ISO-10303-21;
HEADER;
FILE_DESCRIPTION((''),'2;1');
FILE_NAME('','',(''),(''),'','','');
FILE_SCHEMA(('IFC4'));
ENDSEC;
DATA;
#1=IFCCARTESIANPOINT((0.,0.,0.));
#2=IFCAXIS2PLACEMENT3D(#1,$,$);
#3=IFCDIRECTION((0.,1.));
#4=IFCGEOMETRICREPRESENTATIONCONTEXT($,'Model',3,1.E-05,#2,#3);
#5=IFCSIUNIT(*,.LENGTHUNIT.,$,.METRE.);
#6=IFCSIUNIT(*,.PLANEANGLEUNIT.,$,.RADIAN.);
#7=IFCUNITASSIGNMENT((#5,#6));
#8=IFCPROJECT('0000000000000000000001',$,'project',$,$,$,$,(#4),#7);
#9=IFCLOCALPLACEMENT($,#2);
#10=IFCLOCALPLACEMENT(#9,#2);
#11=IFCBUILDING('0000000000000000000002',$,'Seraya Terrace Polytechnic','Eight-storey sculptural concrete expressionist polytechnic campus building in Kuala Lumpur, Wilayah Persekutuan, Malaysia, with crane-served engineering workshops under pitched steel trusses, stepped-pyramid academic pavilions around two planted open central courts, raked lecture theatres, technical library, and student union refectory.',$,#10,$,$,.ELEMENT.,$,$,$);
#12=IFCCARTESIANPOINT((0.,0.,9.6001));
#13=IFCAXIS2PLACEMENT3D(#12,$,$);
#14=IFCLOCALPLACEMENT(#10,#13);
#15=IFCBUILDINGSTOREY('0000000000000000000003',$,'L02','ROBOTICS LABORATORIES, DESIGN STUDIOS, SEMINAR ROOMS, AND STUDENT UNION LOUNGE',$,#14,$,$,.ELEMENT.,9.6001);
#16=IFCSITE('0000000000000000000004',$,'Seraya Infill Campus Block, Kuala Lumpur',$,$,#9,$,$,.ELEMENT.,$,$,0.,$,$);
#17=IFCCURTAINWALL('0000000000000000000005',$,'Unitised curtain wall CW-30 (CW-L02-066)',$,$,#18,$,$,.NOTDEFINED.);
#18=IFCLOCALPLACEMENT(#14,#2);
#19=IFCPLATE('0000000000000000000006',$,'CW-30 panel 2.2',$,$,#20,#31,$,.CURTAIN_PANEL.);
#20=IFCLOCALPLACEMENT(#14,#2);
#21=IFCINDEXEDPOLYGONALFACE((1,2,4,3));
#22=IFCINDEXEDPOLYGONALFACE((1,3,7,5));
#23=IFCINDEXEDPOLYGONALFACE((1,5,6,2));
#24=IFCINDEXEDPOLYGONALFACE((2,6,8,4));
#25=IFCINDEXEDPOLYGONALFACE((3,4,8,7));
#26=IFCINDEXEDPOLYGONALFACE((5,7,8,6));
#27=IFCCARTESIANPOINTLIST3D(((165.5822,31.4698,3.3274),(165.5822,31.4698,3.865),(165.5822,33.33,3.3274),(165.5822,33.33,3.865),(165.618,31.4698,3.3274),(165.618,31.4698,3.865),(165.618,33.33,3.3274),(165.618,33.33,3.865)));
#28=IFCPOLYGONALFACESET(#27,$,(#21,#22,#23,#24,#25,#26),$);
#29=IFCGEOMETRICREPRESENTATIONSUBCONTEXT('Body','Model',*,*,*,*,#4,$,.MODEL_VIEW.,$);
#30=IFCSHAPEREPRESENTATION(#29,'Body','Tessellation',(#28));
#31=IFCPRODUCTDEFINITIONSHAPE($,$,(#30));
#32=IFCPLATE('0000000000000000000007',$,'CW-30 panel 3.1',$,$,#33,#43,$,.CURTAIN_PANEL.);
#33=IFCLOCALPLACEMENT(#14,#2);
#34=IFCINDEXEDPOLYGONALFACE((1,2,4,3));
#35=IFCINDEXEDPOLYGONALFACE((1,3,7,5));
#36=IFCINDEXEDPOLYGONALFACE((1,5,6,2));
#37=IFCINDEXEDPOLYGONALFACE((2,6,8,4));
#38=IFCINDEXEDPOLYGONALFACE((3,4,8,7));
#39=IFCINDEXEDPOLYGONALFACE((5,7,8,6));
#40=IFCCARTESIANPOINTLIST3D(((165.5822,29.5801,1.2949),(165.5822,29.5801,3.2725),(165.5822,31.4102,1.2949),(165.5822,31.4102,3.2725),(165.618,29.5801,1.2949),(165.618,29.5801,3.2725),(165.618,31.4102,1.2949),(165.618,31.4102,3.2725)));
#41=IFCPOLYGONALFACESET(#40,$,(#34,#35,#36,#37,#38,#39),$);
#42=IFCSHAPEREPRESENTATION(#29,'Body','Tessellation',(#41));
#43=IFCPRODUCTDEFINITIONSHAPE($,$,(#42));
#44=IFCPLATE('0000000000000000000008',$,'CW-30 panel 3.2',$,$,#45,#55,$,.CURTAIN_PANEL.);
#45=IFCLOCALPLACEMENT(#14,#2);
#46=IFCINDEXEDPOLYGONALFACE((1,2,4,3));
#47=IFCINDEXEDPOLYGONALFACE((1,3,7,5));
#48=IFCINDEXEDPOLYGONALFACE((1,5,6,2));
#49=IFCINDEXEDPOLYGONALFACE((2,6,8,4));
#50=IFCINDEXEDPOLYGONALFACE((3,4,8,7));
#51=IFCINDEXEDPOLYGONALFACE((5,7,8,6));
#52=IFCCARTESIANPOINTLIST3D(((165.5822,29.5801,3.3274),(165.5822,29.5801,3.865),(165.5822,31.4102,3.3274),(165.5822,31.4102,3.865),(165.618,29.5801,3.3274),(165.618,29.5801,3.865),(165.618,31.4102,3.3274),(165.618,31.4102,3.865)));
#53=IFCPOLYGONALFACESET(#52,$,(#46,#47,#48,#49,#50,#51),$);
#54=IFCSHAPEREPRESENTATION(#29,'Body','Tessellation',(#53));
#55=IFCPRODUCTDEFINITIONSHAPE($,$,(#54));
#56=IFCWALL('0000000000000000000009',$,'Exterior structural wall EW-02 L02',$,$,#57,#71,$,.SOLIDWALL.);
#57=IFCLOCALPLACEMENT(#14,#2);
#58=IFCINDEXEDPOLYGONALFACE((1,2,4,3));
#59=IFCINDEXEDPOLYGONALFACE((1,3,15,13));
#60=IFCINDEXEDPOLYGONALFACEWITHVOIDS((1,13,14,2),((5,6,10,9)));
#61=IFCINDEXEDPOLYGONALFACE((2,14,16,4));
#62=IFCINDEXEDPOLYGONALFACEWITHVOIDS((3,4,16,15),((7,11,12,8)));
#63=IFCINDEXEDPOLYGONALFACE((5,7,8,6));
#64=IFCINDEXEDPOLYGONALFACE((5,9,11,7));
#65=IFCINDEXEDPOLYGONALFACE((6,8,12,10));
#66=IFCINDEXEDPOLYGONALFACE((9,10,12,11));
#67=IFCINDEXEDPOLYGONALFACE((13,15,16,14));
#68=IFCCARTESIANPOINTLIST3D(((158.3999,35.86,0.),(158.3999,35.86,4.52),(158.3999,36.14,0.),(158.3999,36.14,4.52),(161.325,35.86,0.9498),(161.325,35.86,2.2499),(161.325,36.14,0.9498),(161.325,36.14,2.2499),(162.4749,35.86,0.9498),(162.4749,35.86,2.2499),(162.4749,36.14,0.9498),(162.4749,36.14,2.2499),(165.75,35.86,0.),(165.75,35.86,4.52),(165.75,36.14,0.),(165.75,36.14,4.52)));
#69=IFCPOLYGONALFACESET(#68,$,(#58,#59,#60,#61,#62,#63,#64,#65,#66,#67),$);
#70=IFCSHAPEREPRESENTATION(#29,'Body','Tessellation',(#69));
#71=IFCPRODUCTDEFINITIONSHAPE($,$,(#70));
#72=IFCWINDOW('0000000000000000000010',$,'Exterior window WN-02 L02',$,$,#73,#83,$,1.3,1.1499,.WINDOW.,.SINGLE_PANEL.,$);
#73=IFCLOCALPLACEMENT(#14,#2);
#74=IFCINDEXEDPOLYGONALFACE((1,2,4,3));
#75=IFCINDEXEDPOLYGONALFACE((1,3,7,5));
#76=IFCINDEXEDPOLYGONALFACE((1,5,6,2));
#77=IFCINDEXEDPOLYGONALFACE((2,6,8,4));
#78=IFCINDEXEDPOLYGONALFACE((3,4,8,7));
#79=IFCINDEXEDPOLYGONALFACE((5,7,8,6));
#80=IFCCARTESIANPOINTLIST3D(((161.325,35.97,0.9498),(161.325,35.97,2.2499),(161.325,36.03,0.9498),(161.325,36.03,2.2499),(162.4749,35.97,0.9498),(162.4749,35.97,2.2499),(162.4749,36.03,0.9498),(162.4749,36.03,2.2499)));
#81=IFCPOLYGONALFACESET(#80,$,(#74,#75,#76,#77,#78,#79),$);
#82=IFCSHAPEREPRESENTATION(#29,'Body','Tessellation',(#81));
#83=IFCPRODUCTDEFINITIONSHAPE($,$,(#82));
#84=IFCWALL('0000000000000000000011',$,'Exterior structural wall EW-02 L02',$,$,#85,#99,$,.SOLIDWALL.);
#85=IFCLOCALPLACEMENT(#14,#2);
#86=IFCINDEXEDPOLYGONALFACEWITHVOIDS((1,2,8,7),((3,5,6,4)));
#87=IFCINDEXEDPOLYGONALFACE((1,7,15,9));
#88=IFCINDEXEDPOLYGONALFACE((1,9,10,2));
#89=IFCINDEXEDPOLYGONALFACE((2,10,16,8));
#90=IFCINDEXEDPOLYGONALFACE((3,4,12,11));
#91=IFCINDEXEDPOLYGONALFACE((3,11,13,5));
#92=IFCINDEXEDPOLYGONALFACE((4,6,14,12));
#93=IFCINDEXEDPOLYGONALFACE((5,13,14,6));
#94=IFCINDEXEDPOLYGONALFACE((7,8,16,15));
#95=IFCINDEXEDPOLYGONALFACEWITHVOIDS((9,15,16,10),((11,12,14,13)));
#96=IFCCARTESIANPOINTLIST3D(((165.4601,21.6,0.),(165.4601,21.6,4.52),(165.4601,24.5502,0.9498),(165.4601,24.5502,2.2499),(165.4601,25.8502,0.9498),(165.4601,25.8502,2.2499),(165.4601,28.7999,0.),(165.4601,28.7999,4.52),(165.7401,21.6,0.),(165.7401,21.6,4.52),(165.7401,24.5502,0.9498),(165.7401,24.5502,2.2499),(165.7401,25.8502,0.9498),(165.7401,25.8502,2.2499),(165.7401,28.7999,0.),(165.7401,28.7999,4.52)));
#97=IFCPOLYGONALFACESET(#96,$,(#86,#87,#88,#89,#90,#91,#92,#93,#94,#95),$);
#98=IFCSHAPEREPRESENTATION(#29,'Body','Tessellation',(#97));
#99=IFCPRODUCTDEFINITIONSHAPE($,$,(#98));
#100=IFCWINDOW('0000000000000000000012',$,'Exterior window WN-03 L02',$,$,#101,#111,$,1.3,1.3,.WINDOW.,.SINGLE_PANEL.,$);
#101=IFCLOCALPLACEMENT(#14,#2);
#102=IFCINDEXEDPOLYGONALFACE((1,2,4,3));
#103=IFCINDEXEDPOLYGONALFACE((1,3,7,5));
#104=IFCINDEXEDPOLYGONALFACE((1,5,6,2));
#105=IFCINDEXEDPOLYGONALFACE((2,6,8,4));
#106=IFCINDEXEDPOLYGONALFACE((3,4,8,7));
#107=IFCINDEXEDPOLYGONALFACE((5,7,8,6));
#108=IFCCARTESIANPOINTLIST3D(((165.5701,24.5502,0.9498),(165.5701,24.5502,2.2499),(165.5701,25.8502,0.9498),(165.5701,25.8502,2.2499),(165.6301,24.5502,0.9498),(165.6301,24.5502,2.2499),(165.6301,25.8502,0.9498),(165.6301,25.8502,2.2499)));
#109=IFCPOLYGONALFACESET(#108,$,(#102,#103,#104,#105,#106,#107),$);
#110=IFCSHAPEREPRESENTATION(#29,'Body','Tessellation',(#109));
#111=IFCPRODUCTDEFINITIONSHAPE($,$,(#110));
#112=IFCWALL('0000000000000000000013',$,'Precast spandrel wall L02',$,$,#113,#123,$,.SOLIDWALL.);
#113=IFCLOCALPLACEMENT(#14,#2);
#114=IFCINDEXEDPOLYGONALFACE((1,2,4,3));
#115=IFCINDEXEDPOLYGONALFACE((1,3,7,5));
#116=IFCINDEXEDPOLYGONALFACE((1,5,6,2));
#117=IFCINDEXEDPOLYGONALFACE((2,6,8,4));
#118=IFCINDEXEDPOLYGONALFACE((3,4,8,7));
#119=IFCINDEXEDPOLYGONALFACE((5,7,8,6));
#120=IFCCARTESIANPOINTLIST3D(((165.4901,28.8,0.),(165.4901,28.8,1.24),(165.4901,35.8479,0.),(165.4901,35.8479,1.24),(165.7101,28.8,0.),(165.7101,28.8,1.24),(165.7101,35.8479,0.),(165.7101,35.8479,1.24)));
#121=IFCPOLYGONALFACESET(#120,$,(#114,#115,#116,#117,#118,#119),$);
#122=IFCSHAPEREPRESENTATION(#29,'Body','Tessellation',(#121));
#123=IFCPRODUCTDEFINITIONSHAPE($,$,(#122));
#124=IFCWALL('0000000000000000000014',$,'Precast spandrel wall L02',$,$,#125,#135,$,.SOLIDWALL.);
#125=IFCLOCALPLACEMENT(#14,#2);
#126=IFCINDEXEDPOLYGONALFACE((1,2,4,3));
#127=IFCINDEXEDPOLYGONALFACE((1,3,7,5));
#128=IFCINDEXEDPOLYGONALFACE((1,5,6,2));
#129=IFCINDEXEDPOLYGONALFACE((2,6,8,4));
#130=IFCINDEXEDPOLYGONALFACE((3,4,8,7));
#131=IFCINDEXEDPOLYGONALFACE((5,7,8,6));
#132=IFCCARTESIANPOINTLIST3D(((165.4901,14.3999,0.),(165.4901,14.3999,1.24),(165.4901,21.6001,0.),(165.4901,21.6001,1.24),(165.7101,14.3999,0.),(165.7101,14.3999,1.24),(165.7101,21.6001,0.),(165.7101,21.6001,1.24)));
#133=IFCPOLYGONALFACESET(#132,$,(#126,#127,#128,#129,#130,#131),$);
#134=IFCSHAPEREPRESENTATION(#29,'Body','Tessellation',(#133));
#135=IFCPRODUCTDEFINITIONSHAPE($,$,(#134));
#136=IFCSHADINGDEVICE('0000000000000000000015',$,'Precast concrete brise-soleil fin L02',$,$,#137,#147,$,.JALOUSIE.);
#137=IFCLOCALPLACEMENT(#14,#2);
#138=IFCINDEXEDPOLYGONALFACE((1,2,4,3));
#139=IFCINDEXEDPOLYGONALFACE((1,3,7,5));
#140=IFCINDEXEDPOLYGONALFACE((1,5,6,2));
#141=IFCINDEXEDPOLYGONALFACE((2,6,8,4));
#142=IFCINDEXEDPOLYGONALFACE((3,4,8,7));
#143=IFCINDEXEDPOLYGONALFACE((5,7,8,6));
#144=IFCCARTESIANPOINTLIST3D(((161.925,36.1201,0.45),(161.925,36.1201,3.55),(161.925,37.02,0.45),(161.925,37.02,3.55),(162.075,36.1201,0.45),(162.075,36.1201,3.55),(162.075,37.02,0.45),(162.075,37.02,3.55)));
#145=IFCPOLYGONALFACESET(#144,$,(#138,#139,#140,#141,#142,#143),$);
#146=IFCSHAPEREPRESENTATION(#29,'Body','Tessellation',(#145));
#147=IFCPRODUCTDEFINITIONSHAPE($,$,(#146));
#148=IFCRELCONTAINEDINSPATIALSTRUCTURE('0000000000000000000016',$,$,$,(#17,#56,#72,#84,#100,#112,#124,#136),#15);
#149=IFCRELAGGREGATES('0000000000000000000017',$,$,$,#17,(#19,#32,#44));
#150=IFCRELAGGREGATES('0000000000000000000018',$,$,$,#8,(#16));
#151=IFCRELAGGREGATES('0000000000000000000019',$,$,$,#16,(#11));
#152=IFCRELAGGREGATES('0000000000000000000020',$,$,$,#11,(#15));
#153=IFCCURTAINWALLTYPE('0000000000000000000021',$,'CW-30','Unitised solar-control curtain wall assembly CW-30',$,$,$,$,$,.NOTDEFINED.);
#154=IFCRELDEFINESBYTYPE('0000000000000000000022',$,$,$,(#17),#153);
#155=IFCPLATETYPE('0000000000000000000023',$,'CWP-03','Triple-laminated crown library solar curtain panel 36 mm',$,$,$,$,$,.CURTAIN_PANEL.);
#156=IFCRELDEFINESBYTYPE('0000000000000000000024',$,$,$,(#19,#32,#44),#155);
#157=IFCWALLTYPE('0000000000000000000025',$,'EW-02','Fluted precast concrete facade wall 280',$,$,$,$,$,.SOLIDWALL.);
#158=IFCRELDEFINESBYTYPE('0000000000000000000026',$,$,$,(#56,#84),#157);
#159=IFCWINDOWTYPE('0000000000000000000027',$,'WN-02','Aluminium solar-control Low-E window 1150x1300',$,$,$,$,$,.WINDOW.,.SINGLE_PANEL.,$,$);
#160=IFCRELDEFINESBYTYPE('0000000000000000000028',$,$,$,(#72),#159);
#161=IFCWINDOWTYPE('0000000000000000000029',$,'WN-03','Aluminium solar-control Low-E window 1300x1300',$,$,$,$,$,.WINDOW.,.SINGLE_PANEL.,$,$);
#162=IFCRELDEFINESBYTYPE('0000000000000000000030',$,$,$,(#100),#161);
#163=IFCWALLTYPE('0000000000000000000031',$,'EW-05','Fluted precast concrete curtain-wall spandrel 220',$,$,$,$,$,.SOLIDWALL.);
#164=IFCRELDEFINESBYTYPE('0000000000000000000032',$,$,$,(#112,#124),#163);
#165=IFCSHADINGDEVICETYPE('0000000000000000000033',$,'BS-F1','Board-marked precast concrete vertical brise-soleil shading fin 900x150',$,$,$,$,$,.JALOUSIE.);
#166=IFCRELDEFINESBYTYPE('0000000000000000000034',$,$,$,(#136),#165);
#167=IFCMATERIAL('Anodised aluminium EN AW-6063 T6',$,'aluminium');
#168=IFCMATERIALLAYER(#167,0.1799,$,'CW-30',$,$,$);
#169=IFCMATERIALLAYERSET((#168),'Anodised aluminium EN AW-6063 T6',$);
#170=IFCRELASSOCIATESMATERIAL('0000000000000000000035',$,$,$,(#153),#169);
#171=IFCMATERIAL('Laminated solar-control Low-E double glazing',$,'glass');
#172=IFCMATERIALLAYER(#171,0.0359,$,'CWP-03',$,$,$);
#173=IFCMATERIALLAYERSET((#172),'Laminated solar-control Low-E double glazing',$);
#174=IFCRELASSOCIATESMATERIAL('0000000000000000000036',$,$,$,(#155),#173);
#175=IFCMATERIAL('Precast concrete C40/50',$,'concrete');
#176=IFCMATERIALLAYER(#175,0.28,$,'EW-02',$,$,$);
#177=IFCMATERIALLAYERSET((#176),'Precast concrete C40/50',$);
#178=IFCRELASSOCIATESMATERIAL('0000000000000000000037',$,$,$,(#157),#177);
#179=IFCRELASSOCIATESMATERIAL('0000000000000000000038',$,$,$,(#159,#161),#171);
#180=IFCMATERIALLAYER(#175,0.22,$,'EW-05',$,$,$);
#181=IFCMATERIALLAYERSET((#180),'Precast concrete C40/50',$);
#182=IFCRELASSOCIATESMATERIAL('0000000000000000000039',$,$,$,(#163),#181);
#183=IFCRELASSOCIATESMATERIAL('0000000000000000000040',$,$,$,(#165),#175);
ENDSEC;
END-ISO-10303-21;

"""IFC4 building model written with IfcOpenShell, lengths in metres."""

from ifc_helpers import new_model, si_unit, direction, frame, frame_2d, origin, origin_2d, place, context, subcontext, project, spatial, rectangle, extrude, material, layer, layer_set, type_object, element, fill, aggregate, save


model = new_model("IFC4")

# Units and contexts
model_context = context("Model", 3, precision=1e-05, world=origin(), true_north=direction((0.0, 1.0)))
body_context = subcontext(model_context, "Body", "Model", "MODEL_VIEW")
ifc_project = project(units=[si_unit("LENGTHUNIT", "METRE"), si_unit("PLANEANGLEUNIT", "RADIAN")], contexts=[model_context])

# Site, building, storey
site_placement = place(None, origin())
site = spatial("IfcSite", under=ifc_project, at=site_placement, Name="Seraya Infill Campus Block, Kuala Lumpur", CompositionType="ELEMENT", RefElevation=0.0)
building_placement = place(site_placement, origin())
building = spatial("IfcBuilding", under=site, at=building_placement, Name="Seraya Terrace Polytechnic", Description="Eight-storey sculptural concrete expressionist polytechnic campus building in Kuala Lumpur, Wilayah Persekutuan, Malaysia, with crane-served engineering workshops under pitched steel trusses, stepped-pyramid academic pavilions around two planted open central courts, raked lecture theatres, technical library, and student union refectory.", CompositionType="ELEMENT")
storey_placement = place(building_placement, frame((0.0, 0.0, 9.6001)))
storey = spatial("IfcBuildingStorey", under=building, at=storey_placement, Name="L02", Description="ROBOTICS LABORATORIES, DESIGN STUDIOS, SEMINAR ROOMS, AND STUDENT UNION LOUNGE", CompositionType="ELEMENT", Elevation=9.6001)

# Curtain wall
ifc_material_1 = material(Name="Anodised aluminium EN AW-6063 T6", Category="aluminium")
ifc_layer_1 = layer(ifc_material_1, 0.1799, Name="CW-30")
ifc_layer_set_1 = layer_set([ifc_layer_1], Name="Anodised aluminium EN AW-6063 T6")
curtain_wall_type = type_object("IfcCurtainWallType", Name="CW-30", Description="Unitised solar-control curtain wall assembly CW-30", PredefinedType="NOTDEFINED", material=ifc_layer_set_1)
curtain_wall_placement = place(storey_placement, origin())
curtain_wall = element("IfcCurtainWall", 1, at=curtain_wall_placement, inside=storey, type_object=curtain_wall_type, Name="Unitised curtain wall CW-30 (CW-L02-066)", PredefinedType="NOTDEFINED")

# Plates
ifc_material_2 = material(Name="Laminated solar-control Low-E double glazing", Category="glass")
ifc_layer_2 = layer(ifc_material_2, 0.0359, Name="CWP-03")
ifc_layer_set_2 = layer_set([ifc_layer_2], Name="Laminated solar-control Low-E double glazing")
plate_type = type_object("IfcPlateType", Name="CWP-03", Description="Triple-laminated crown library solar curtain panel 36 mm", PredefinedType="CURTAIN_PANEL", material=ifc_layer_set_2)
plate_1_placement = place(storey_placement, frame((165.6001, 32.3999, 3.3274), z_axis=(0.0, 0.0, 1.0), x_axis=(0.0, -1.0, 0.0)))
plate_1 = element("IfcPlate", 2, at=plate_1_placement, type_object=plate_type, Name="CW-30 panel 2.2", PredefinedType="CURTAIN_PANEL", context=body_context, shape_type="SweptSolid", body=[
    extrude(rectangle(XDim=1.8601, YDim=0.0359, at=origin_2d()), origin(), (0.0, 0.0, 1.0), 0.5376),
])
plate_2_placement = place(storey_placement, frame((165.6001, 30.4951, 1.2949), z_axis=(0.0, 0.0, 1.0), x_axis=(0.0, -1.0, 0.0)))
plate_2 = element("IfcPlate", 3, at=plate_2_placement, type_object=plate_type, Name="CW-30 panel 3.1", PredefinedType="CURTAIN_PANEL", context=body_context, shape_type="SweptSolid", body=[
    extrude(rectangle(XDim=1.8301, YDim=0.0359, at=origin_2d()), origin(), (0.0, 0.0, 1.0), 1.9775),
])
plate_3_placement = place(storey_placement, frame((165.6001, 30.4951, 3.3274), z_axis=(0.0, 0.0, 1.0), x_axis=(0.0, -1.0, 0.0)))
plate_3 = element("IfcPlate", 4, at=plate_3_placement, type_object=plate_type, Name="CW-30 panel 3.2", PredefinedType="CURTAIN_PANEL", context=body_context, shape_type="SweptSolid", body=[
    extrude(rectangle(XDim=1.8301, YDim=0.0359, at=origin_2d()), origin(), (0.0, 0.0, 1.0), 0.5376),
])
aggregate(curtain_wall, [plate_1, plate_2, plate_3])

# Walls, openings, windows
ifc_material_3 = material(Name="Precast concrete C40/50", Category="concrete")
ifc_layer_3 = layer(ifc_material_3, 0.28, Name="EW-02")
ifc_layer_set_3 = layer_set([ifc_layer_3], Name="Precast concrete C40/50")
wall_type_1 = type_object("IfcWallType", Name="EW-02", Description="Fluted precast concrete facade wall 280", PredefinedType="SOLIDWALL", material=ifc_layer_set_3)
wall_1_placement = place(storey_placement, frame((158.3999, 36.0, 0.0), z_axis=(0.0, 0.0, 1.0), x_axis=(1.0, 0.0, 0.0)))
wall_1 = element("IfcWall", 5, at=wall_1_placement, inside=storey, type_object=wall_type_1, Name="Exterior structural wall EW-02 L02", PredefinedType="SOLIDWALL", context=body_context, shape_type="SweptSolid", body=[
    extrude(rectangle(XDim=7.3501, YDim=0.28, at=frame_2d((3.675, 0.0))), origin(), (0.0, 0.0, 1.0), 4.52),
])
opening_1_placement = place(wall_1_placement, frame((2.925, 0.0, 0.95)))
opening_1 = element("IfcOpeningElement", 6, at=opening_1_placement, cuts=wall_1, PredefinedType="OPENING", context=body_context, shape_type="SweptSolid", body=[
    extrude(rectangle(XDim=1.1499, YDim=1.3, at=frame_2d((0.575, 0.6499))), frame((0.0, 0.1519, 0.0), z_axis=(0.0, -1.0, 0.0), x_axis=(1.0, 0.0, 0.0)), (0.0, 0.0, 1.0), 0.304),
])
window_type_1 = type_object("IfcWindowType", Name="WN-02", Description="Aluminium solar-control Low-E window 1150x1300", PartitioningType="SINGLE_PANEL", PredefinedType="WINDOW", material=ifc_material_2)
window_1_placement = place(opening_1_placement, origin())
window_1 = element("IfcWindow", 7, at=window_1_placement, inside=storey, type_object=window_type_1, Name="Exterior window WN-02 L02", OverallHeight=1.3, OverallWidth=1.1499, PartitioningType="SINGLE_PANEL", PredefinedType="WINDOW", context=body_context, shape_type="SweptSolid", body=[
    extrude(rectangle(XDim=1.1499, YDim=1.3, at=frame_2d((0.575, 0.6499))), frame((0.0, 0.03, 0.0), z_axis=(0.0, -1.0, 0.0), x_axis=(1.0, 0.0, 0.0)), (0.0, 0.0, 1.0), 0.0601),
])
fill(opening_1, window_1)
wall_2_placement = place(storey_placement, frame((165.6001, 28.8, 0.0), z_axis=(0.0, 0.0, 1.0), x_axis=(0.0, -1.0, 0.0)))
wall_2 = element("IfcWall", 8, at=wall_2_placement, inside=storey, type_object=wall_type_1, Name="Exterior structural wall EW-02 L02", PredefinedType="SOLIDWALL", context=body_context, shape_type="SweptSolid", body=[
    extrude(rectangle(XDim=7.2, YDim=0.28, at=frame_2d((3.6001, 0.0))), origin(), (0.0, 0.0, 1.0), 4.52),
])
opening_2_placement = place(wall_2_placement, frame((2.95, 0.0, 0.95)))
opening_2 = element("IfcOpeningElement", 9, at=opening_2_placement, cuts=wall_2, PredefinedType="OPENING", context=body_context, shape_type="SweptSolid", body=[
    extrude(rectangle(XDim=1.3, YDim=1.3, at=frame_2d((0.6499, 0.6499))), frame((0.0, 0.1519, 0.0), z_axis=(0.0, -1.0, 0.0), x_axis=(1.0, 0.0, 0.0)), (0.0, 0.0, 1.0), 0.304),
])
window_type_2 = type_object("IfcWindowType", Name="WN-03", Description="Aluminium solar-control Low-E window 1300x1300", PartitioningType="SINGLE_PANEL", PredefinedType="WINDOW", material=ifc_material_2)
window_2_placement = place(opening_2_placement, origin())
window_2 = element("IfcWindow", 10, at=window_2_placement, inside=storey, type_object=window_type_2, Name="Exterior window WN-03 L02", OverallHeight=1.3, OverallWidth=1.3, PartitioningType="SINGLE_PANEL", PredefinedType="WINDOW", context=body_context, shape_type="SweptSolid", body=[
    extrude(rectangle(XDim=1.3, YDim=1.3, at=frame_2d((0.6499, 0.6499))), frame((0.0, 0.03, 0.0), z_axis=(0.0, -1.0, 0.0), x_axis=(1.0, 0.0, 0.0)), (0.0, 0.0, 1.0), 0.0601),
])
fill(opening_2, window_2)

# Walls
ifc_layer_4 = layer(ifc_material_3, 0.22, Name="EW-05")
ifc_layer_set_4 = layer_set([ifc_layer_4], Name="Precast concrete C40/50")
wall_type_2 = type_object("IfcWallType", Name="EW-05", Description="Fluted precast concrete curtain-wall spandrel 220", PredefinedType="SOLIDWALL", material=ifc_layer_set_4)
wall_3_placement = place(storey_placement, frame((165.6001, 35.8479, 0.0), z_axis=(0.0, 0.0, 1.0), x_axis=(0.0, -1.0, 0.0)))
element("IfcWall", 11, at=wall_3_placement, inside=storey, type_object=wall_type_2, Name="Precast spandrel wall L02", PredefinedType="SOLIDWALL", context=body_context, shape_type="SweptSolid", body=[
    extrude(rectangle(XDim=7.0479, YDim=0.22, at=frame_2d((3.5239, 0.0))), origin(), (0.0, 0.0, 1.0), 1.24),
])
wall_4_placement = place(storey_placement, frame((165.6001, 21.6001, 0.0), z_axis=(0.0, 0.0, 1.0), x_axis=(0.0, -1.0, 0.0)))
element("IfcWall", 12, at=wall_4_placement, inside=storey, type_object=wall_type_2, Name="Precast spandrel wall L02", PredefinedType="SOLIDWALL", context=body_context, shape_type="SweptSolid", body=[
    extrude(rectangle(XDim=7.2002, YDim=0.22, at=frame_2d((3.6001, 0.0))), origin(), (0.0, 0.0, 1.0), 1.24),
])

# Shading device
shading_device_type = type_object("IfcShadingDeviceType", Name="BS-F1", Description="Board-marked precast concrete vertical brise-soleil shading fin 900x150", PredefinedType="JALOUSIE", material=ifc_material_3)
shading_device_placement = place(storey_placement, frame((162.0, 36.5701, 0.45), z_axis=(0.0, 0.0, 1.0), x_axis=(0.0, 1.0, 0.0)))
element("IfcShadingDevice", 13, at=shading_device_placement, inside=storey, type_object=shading_device_type, Name="Precast concrete brise-soleil fin L02", PredefinedType="JALOUSIE", context=body_context, shape_type="SweptSolid", body=[
    extrude(rectangle(XDim=0.8999, YDim=0.1499, at=origin_2d()), origin(), (0.0, 0.0, 1.0), 3.1001),
])

save(model, "model.ifc")
